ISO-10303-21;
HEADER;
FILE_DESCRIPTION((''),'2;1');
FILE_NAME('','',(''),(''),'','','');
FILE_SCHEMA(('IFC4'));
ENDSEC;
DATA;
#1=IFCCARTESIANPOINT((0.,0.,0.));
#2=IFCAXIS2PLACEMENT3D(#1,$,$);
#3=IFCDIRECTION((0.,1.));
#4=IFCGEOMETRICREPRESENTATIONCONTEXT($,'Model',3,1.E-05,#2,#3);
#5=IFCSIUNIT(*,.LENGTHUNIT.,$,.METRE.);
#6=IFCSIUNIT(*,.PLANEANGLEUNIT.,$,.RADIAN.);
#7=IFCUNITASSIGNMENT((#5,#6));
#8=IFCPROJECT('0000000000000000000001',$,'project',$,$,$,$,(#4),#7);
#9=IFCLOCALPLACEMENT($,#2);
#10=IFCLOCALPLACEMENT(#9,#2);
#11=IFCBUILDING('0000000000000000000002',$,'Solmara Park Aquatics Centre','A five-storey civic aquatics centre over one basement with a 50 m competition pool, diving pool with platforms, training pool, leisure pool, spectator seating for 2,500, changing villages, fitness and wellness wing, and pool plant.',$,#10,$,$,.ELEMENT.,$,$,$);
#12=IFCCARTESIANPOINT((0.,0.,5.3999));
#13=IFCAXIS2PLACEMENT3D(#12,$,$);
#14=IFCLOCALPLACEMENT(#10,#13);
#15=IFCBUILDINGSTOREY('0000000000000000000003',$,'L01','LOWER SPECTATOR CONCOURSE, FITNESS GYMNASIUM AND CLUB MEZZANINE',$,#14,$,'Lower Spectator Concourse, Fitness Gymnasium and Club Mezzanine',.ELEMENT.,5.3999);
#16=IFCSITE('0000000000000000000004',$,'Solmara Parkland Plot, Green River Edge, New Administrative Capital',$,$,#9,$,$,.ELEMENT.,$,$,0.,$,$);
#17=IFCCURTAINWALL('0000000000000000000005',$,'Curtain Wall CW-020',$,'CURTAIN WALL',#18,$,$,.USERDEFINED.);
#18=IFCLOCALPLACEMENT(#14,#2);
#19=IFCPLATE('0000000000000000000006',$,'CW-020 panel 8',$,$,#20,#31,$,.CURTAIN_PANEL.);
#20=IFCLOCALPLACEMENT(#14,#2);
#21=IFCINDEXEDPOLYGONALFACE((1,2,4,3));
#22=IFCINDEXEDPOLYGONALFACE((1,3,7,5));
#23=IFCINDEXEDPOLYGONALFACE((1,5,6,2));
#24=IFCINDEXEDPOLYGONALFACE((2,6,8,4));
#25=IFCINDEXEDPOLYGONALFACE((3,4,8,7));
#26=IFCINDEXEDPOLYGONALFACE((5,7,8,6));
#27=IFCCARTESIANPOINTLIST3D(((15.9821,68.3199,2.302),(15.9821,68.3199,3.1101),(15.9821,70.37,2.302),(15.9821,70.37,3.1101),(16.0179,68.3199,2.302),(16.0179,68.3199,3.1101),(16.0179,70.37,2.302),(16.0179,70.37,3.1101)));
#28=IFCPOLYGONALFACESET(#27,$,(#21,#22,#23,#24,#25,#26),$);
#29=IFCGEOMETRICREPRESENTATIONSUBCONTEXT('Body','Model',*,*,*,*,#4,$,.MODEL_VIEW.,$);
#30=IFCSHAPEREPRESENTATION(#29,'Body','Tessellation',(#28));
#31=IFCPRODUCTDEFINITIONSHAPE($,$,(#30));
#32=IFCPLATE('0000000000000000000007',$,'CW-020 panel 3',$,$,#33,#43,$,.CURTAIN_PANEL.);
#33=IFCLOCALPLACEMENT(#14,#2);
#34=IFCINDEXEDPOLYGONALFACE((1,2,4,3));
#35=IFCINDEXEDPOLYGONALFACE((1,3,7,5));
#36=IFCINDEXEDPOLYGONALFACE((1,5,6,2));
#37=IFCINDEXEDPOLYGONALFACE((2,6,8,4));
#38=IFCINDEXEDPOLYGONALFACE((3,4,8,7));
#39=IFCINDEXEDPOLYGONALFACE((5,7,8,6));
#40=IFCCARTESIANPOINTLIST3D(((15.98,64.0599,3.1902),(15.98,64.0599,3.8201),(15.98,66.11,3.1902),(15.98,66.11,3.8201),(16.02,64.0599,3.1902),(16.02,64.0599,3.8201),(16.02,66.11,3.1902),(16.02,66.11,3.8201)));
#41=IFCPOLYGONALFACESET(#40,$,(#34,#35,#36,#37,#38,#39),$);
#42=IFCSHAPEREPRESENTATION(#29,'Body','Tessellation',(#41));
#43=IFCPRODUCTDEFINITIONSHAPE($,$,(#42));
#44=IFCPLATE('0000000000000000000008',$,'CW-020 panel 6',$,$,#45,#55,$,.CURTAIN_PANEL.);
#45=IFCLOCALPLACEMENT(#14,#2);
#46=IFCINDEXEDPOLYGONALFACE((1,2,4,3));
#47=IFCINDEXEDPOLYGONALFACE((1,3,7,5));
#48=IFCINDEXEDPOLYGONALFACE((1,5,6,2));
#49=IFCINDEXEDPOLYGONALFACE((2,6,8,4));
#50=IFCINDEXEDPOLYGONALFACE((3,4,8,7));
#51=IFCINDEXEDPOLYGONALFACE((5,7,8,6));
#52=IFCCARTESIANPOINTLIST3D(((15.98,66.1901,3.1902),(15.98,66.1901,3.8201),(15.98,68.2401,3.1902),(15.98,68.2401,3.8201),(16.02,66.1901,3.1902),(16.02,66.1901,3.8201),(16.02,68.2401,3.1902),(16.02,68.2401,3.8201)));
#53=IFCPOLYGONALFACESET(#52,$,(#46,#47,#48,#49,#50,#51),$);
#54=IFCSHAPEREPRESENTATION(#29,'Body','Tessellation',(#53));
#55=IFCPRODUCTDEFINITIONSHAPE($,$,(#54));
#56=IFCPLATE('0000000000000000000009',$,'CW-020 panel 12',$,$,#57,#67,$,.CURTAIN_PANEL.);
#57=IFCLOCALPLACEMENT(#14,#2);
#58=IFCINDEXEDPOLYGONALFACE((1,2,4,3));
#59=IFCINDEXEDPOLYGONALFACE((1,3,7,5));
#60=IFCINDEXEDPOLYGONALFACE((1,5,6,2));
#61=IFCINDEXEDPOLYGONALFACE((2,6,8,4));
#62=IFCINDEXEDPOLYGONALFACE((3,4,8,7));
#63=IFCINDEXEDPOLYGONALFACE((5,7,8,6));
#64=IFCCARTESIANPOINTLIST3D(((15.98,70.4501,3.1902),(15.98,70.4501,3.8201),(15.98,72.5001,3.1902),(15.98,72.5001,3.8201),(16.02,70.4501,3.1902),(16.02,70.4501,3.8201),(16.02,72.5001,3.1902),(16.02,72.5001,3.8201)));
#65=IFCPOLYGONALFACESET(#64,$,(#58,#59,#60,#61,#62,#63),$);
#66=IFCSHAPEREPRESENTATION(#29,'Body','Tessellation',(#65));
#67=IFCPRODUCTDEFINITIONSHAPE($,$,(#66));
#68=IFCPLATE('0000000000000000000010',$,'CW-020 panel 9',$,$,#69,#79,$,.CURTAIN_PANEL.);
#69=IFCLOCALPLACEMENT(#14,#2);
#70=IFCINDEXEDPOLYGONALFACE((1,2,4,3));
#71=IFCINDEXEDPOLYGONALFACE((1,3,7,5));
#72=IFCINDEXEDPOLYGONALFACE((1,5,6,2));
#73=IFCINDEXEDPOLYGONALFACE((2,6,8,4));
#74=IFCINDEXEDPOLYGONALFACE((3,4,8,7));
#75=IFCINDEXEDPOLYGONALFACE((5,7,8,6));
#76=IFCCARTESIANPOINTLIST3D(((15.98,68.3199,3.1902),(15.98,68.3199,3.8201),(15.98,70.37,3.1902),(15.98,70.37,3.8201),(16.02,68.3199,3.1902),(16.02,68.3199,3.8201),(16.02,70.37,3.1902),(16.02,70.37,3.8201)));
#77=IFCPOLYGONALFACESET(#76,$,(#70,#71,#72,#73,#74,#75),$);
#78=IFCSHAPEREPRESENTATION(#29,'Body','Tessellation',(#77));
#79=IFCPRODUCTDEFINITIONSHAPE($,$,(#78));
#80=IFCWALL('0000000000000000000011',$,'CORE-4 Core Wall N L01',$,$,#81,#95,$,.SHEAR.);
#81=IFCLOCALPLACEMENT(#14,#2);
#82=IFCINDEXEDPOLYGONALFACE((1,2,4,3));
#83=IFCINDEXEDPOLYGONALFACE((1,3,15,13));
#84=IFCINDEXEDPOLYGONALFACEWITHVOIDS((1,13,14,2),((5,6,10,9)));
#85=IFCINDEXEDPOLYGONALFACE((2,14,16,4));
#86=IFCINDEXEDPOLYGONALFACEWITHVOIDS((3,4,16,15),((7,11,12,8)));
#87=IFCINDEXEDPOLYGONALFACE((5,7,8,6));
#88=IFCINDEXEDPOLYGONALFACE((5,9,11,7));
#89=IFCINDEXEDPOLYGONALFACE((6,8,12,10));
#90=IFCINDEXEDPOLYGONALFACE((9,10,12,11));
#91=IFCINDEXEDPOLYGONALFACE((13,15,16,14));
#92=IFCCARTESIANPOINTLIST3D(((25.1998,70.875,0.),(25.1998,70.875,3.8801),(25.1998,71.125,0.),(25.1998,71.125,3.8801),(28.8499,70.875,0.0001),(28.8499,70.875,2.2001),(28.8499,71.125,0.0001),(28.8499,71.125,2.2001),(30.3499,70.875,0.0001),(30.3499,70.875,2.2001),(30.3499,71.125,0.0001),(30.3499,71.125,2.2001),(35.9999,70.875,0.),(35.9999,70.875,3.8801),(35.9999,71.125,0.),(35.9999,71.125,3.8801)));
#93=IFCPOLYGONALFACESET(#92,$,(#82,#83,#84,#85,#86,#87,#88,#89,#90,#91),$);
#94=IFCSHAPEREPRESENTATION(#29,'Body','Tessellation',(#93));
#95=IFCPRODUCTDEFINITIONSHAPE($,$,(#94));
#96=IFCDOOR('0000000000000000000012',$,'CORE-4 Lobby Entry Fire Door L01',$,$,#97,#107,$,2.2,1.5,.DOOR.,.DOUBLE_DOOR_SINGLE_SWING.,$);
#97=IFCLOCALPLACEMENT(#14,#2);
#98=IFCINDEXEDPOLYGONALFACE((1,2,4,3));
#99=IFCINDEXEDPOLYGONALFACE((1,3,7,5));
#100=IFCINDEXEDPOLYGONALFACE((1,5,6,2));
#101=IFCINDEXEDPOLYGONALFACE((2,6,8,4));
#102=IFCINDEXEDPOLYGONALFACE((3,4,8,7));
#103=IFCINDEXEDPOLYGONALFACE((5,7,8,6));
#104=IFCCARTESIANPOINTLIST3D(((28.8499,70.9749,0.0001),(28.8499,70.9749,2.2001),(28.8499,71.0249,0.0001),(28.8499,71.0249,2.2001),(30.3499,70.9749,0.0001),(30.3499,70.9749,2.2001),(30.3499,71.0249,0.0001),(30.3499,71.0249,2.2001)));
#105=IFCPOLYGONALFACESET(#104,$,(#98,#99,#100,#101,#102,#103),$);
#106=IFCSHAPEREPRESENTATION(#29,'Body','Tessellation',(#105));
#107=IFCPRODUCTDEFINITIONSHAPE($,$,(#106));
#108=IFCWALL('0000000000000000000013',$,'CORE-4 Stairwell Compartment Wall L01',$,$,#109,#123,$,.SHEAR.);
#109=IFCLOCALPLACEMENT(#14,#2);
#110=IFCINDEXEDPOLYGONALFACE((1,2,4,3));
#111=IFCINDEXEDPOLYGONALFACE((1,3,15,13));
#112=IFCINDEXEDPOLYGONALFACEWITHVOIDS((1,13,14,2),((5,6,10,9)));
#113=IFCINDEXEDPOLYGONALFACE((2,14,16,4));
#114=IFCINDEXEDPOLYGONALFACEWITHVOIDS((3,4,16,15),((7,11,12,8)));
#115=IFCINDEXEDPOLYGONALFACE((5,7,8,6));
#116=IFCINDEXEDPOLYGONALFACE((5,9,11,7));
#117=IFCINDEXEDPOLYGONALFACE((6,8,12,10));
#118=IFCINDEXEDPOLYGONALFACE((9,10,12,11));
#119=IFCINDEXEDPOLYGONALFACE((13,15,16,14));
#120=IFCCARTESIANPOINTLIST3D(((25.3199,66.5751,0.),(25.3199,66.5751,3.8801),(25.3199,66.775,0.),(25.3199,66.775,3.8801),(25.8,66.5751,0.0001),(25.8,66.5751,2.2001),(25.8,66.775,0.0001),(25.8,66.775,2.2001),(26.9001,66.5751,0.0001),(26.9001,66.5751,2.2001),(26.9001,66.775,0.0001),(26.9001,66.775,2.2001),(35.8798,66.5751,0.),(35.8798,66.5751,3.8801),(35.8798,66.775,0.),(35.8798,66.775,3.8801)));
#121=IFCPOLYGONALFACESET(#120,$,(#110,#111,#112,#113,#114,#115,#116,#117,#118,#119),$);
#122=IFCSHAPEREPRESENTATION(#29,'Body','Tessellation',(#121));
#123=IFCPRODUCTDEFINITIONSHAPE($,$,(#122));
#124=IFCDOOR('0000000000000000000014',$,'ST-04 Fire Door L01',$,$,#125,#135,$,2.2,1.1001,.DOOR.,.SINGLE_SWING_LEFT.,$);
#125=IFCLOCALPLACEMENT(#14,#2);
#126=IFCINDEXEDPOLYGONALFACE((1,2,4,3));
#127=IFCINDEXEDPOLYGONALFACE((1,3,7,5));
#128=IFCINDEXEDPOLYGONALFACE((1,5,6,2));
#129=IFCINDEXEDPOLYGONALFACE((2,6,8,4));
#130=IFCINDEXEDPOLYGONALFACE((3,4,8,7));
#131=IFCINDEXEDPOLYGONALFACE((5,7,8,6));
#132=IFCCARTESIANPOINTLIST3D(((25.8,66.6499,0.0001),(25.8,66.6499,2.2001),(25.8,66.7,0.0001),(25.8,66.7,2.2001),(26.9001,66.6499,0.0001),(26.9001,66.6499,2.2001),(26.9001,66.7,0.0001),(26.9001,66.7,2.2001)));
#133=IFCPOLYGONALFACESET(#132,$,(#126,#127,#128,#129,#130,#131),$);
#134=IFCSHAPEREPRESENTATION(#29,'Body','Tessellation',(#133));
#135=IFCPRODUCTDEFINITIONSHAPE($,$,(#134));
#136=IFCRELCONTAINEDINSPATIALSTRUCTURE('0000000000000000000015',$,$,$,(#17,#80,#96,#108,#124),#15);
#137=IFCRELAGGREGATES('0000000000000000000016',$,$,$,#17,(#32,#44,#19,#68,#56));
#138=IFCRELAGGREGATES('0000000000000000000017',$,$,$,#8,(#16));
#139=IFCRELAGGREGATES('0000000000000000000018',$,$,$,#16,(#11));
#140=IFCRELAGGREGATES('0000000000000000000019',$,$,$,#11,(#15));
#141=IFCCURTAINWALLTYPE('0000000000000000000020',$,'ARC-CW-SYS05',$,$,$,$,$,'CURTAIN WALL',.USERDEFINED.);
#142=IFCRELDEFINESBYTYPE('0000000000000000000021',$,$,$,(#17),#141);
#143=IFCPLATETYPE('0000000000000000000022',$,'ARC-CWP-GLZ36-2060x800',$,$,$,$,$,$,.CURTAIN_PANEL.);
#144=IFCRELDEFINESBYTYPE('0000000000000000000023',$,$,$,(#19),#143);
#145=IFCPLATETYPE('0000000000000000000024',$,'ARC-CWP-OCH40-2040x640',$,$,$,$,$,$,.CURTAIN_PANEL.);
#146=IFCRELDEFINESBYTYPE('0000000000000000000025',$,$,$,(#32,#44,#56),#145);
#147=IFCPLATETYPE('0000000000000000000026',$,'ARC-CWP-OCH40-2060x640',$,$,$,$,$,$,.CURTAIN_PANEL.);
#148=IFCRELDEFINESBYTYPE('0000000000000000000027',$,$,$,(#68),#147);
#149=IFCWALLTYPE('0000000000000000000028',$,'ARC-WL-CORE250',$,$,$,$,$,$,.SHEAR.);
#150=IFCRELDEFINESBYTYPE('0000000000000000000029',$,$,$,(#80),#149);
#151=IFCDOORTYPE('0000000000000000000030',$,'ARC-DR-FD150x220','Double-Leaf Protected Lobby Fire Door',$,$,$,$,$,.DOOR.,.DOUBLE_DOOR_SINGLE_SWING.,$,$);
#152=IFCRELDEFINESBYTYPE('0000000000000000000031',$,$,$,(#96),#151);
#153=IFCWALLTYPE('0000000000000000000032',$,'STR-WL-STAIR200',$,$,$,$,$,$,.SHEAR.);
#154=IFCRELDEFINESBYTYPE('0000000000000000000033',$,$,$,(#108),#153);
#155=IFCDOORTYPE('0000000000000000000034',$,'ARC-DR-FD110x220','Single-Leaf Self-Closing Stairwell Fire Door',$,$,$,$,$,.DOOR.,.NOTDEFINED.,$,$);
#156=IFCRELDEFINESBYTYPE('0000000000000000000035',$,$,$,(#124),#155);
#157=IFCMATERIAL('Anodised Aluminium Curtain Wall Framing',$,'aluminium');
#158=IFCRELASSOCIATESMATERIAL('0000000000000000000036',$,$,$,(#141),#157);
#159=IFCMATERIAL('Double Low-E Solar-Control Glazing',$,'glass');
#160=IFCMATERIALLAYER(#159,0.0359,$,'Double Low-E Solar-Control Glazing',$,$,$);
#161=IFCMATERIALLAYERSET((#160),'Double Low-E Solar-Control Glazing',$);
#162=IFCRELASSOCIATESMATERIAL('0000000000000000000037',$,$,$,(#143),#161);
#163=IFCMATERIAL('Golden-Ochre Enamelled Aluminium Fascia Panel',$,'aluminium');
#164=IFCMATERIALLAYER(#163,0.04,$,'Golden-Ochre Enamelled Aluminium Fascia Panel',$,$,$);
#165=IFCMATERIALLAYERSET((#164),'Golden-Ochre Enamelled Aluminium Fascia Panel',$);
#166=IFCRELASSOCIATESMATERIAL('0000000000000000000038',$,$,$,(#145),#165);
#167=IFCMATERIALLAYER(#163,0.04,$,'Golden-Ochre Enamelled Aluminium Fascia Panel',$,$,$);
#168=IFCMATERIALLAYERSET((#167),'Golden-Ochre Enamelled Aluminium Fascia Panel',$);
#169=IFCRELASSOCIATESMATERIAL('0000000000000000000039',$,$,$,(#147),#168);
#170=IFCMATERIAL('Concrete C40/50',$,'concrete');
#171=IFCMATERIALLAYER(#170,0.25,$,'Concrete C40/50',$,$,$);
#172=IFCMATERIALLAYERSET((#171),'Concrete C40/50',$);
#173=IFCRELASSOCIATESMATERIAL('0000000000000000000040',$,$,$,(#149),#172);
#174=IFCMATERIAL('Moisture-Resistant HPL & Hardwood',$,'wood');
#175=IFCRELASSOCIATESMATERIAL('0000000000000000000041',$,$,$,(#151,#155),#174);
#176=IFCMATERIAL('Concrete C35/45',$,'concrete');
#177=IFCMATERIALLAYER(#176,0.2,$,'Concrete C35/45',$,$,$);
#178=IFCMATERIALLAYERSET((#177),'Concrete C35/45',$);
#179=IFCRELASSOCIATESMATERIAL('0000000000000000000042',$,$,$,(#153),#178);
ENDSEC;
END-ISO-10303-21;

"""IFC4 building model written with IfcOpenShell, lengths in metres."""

from ifc_helpers import new_model, si_unit, direction, frame, frame_2d, origin, origin_2d, place, context, subcontext, project, spatial, rectangle, extrude, material, layer, layer_set, type_object, element, fill, aggregate, save


model = new_model("IFC4")

# Units and contexts
model_context = context("Model", 3, precision=1e-05, world=origin(), true_north=direction((0.0, 1.0)))
body_context = subcontext(model_context, "Body", "Model", "MODEL_VIEW")
ifc_project = project(units=[si_unit("LENGTHUNIT", "METRE"), si_unit("PLANEANGLEUNIT", "RADIAN")], contexts=[model_context])

# Site, building, storey
site_placement = place(None, origin())
site = spatial("IfcSite", under=ifc_project, at=site_placement, Name="Solmara Parkland Plot, Green River Edge, New Administrative Capital", CompositionType="ELEMENT", RefElevation=0.0)
building_placement = place(site_placement, origin())
building = spatial("IfcBuilding", under=site, at=building_placement, Name="Solmara Park Aquatics Centre", Description="A five-storey civic aquatics centre over one basement with a 50 m competition pool, diving pool with platforms, training pool, leisure pool, spectator seating for 2,500, changing villages, fitness and wellness wing, and pool plant.", CompositionType="ELEMENT")
storey_placement = place(building_placement, frame((0.0, 0.0, 5.3999)))
storey = spatial("IfcBuildingStorey", under=building, at=storey_placement, Name="L01", Description="LOWER SPECTATOR CONCOURSE, FITNESS GYMNASIUM AND CLUB MEZZANINE", LongName="Lower Spectator Concourse, Fitness Gymnasium and Club Mezzanine", CompositionType="ELEMENT", Elevation=5.3999)

# Curtain wall
ifc_material_1 = material(Name="Anodised Aluminium Curtain Wall Framing", Category="aluminium")
curtain_wall_type = type_object("IfcCurtainWallType", Name="ARC-CW-SYS05", ElementType="CURTAIN WALL", PredefinedType="USERDEFINED", material=ifc_material_1)
curtain_wall_placement = place(storey_placement, origin())
curtain_wall = element("IfcCurtainWall", 1, at=curtain_wall_placement, inside=storey, type_object=curtain_wall_type, Name="Curtain Wall CW-020", ObjectType="CURTAIN WALL", PredefinedType="USERDEFINED")

# Plates
ifc_material_2 = material(Name="Double Low-E Solar-Control Glazing", Category="glass")
ifc_layer_1 = layer(ifc_material_2, 0.0359, Name="Double Low-E Solar-Control Glazing")
ifc_layer_set_1 = layer_set([ifc_layer_1], Name="Double Low-E Solar-Control Glazing")
plate_type_1 = type_object("IfcPlateType", Name="ARC-CWP-GLZ36-2060x800", PredefinedType="CURTAIN_PANEL", material=ifc_layer_set_1)
plate_1_placement = place(storey_placement, frame((16.0, 69.345, 2.302), z_axis=(0.0, 0.0, 1.0), x_axis=(0.0, 1.0, 0.0)))
plate_1 = element("IfcPlate", 2, at=plate_1_placement, type_object=plate_type_1, Name="CW-020 panel 8", PredefinedType="CURTAIN_PANEL", context=body_context, shape_type="SweptSolid", body=[
    extrude(rectangle(XDim=2.05, YDim=0.0359, at=origin_2d()), origin(), (0.0, 0.0, 1.0), 0.8081),
])
ifc_material_3 = material(Name="Golden-Ochre Enamelled Aluminium Fascia Panel", Category="aluminium")
ifc_layer_2 = layer(ifc_material_3, 0.04, Name="Golden-Ochre Enamelled Aluminium Fascia Panel")
ifc_layer_set_2 = layer_set([ifc_layer_2], Name="Golden-Ochre Enamelled Aluminium Fascia Panel")
plate_type_2 = type_object("IfcPlateType", Name="ARC-CWP-OCH40-2040x640", PredefinedType="CURTAIN_PANEL", material=ifc_layer_set_2)
plate_2_placement = place(storey_placement, frame((16.0, 65.085, 3.1902), z_axis=(0.0, 0.0, 1.0), x_axis=(0.0, 1.0, 0.0)))
plate_2 = element("IfcPlate", 3, at=plate_2_placement, type_object=plate_type_2, Name="CW-020 panel 3", PredefinedType="CURTAIN_PANEL", context=body_context, shape_type="SweptSolid", body=[
    extrude(rectangle(XDim=2.05, YDim=0.04, at=origin_2d()), origin(), (0.0, 0.0, 1.0), 0.6299),
])
plate_3_placement = place(storey_placement, frame((16.0, 67.2151, 3.1902), z_axis=(0.0, 0.0, 1.0), x_axis=(0.0, 1.0, 0.0)))
plate_3 = element("IfcPlate", 4, at=plate_3_placement, type_object=plate_type_2, Name="CW-020 panel 6", PredefinedType="CURTAIN_PANEL", context=body_context, shape_type="SweptSolid", body=[
    extrude(rectangle(XDim=2.05, YDim=0.04, at=origin_2d()), origin(), (0.0, 0.0, 1.0), 0.6299),
])
plate_4_placement = place(storey_placement, frame((16.0, 71.4751, 3.1902), z_axis=(0.0, 0.0, 1.0), x_axis=(0.0, 1.0, 0.0)))
plate_4 = element("IfcPlate", 5, at=plate_4_placement, type_object=plate_type_2, Name="CW-020 panel 12", PredefinedType="CURTAIN_PANEL", context=body_context, shape_type="SweptSolid", body=[
    extrude(rectangle(XDim=2.05, YDim=0.04, at=origin_2d()), origin(), (0.0, 0.0, 1.0), 0.6299),
])
ifc_layer_3 = layer(ifc_material_3, 0.04, Name="Golden-Ochre Enamelled Aluminium Fascia Panel")
ifc_layer_set_3 = layer_set([ifc_layer_3], Name="Golden-Ochre Enamelled Aluminium Fascia Panel")
plate_type_3 = type_object("IfcPlateType", Name="ARC-CWP-OCH40-2060x640", PredefinedType="CURTAIN_PANEL", material=ifc_layer_set_3)
plate_5_placement = place(storey_placement, frame((16.0, 69.345, 3.1902), z_axis=(0.0, 0.0, 1.0), x_axis=(0.0, 1.0, 0.0)))
plate_5 = element("IfcPlate", 6, at=plate_5_placement, type_object=plate_type_3, Name="CW-020 panel 9", PredefinedType="CURTAIN_PANEL", context=body_context, shape_type="SweptSolid", body=[
    extrude(rectangle(XDim=2.05, YDim=0.04, at=origin_2d()), origin(), (0.0, 0.0, 1.0), 0.6299),
])
aggregate(curtain_wall, [plate_2, plate_3, plate_1, plate_5, plate_4])

# Walls, openings, doors
ifc_material_4 = material(Name="Concrete C40/50", Category="concrete")
ifc_layer_4 = layer(ifc_material_4, 0.25, Name="Concrete C40/50")
ifc_layer_set_4 = layer_set([ifc_layer_4], Name="Concrete C40/50")
wall_type_1 = type_object("IfcWallType", Name="ARC-WL-CORE250", PredefinedType="SHEAR", material=ifc_layer_set_4)
wall_1_placement = place(storey_placement, frame((25.2, 71.0, 0.0), z_axis=(0.0, 0.0, 1.0), x_axis=(1.0, 0.0, 0.0)))
wall_1 = element("IfcWall", 7, at=wall_1_placement, inside=storey, type_object=wall_type_1, Name="CORE-4 Core Wall N L01", PredefinedType="SHEAR", context=body_context, shape_type="SweptSolid", body=[
    extrude(rectangle(XDim=10.8, YDim=0.25, at=frame_2d((5.3999, 0.0))), origin(), (0.0, 0.0, 1.0), 3.8801),
])
opening_1_placement = place(wall_1_placement, frame((3.6499, 0.0, 0.0)))
opening_1 = element("IfcOpeningElement", 8, at=opening_1_placement, cuts=wall_1, PredefinedType="OPENING", context=body_context, shape_type="SweptSolid", body=[
    extrude(rectangle(XDim=1.5, YDim=2.2, at=frame_2d((0.75, 1.1001))), frame((0.0, 0.135, 0.0), z_axis=(0.0, -1.0, 0.0), x_axis=(1.0, 0.0, 0.0)), (0.0, 0.0, 1.0), 0.27),
])
ifc_material_5 = material(Name="Moisture-Resistant HPL & Hardwood", Category="wood")
door_type_1 = type_object("IfcDoorType", Name="ARC-DR-FD150x220", Description="Double-Leaf Protected Lobby Fire Door", OperationType="DOUBLE_DOOR_SINGLE_SWING", PredefinedType="DOOR", material=ifc_material_5)
door_1_placement = place(opening_1_placement, origin())
door_1 = element("IfcDoor", 9, at=door_1_placement, inside=storey, type_object=door_type_1, Name="CORE-4 Lobby Entry Fire Door L01", OperationType="DOUBLE_DOOR_SINGLE_SWING", OverallHeight=2.2, OverallWidth=1.5, PredefinedType="DOOR", context=body_context, shape_type="SweptSolid", body=[
    extrude(rectangle(XDim=1.5, YDim=2.2, at=frame_2d((0.75, 1.1001))), frame((0.0, 0.0249, 0.0), z_axis=(0.0, -1.0, 0.0), x_axis=(1.0, 0.0, 0.0)), (0.0, 0.0, 1.0), 0.05),
])
fill(opening_1, door_1)
ifc_material_6 = material(Name="Concrete C35/45", Category="concrete")
ifc_layer_5 = layer(ifc_material_6, 0.2, Name="Concrete C35/45")
ifc_layer_set_5 = layer_set([ifc_layer_5], Name="Concrete C35/45")
wall_type_2 = type_object("IfcWallType", Name="STR-WL-STAIR200", PredefinedType="SHEAR", material=ifc_layer_set_5)
wall_2_placement = place(storey_placement, frame((25.3201, 66.675, 0.0), z_axis=(0.0, 0.0, 1.0), x_axis=(1.0, 0.0, 0.0)))
wall_2 = element("IfcWall", 10, at=wall_2_placement, inside=storey, type_object=wall_type_2, Name="CORE-4 Stairwell Compartment Wall L01", PredefinedType="SHEAR", context=body_context, shape_type="SweptSolid", body=[
    extrude(rectangle(XDim=10.5598, YDim=0.2, at=frame_2d((5.2798, 0.0))), origin(), (0.0, 0.0, 1.0), 3.8801),
])
opening_2_placement = place(wall_2_placement, frame((0.48, 0.0, 0.0)))
opening_2 = element("IfcOpeningElement", 11, at=opening_2_placement, cuts=wall_2, PredefinedType="OPENING", context=body_context, shape_type="SweptSolid", body=[
    extrude(rectangle(XDim=1.1001, YDim=2.2, at=frame_2d((0.55, 1.1001))), frame((0.0, 0.1099, 0.0), z_axis=(0.0, -1.0, 0.0), x_axis=(1.0, 0.0, 0.0)), (0.0, 0.0, 1.0), 0.22),
])
door_type_2 = type_object("IfcDoorType", Name="ARC-DR-FD110x220", Description="Single-Leaf Self-Closing Stairwell Fire Door", OperationType="NOTDEFINED", PredefinedType="DOOR", material=ifc_material_5)
door_2_placement = place(opening_2_placement, origin())
door_2 = element("IfcDoor", 12, at=door_2_placement, inside=storey, type_object=door_type_2, Name="ST-04 Fire Door L01", OperationType="SINGLE_SWING_LEFT", OverallHeight=2.2, OverallWidth=1.1001, PredefinedType="DOOR", context=body_context, shape_type="SweptSolid", body=[
    extrude(rectangle(XDim=1.1001, YDim=2.2, at=frame_2d((0.55, 1.1001))), frame((0.0, 0.0249, 0.0), z_axis=(0.0, -1.0, 0.0), x_axis=(1.0, 0.0, 0.0)), (0.0, 0.0, 1.0), 0.05),
])
fill(opening_2, door_2)

save(model, "model.ifc")
